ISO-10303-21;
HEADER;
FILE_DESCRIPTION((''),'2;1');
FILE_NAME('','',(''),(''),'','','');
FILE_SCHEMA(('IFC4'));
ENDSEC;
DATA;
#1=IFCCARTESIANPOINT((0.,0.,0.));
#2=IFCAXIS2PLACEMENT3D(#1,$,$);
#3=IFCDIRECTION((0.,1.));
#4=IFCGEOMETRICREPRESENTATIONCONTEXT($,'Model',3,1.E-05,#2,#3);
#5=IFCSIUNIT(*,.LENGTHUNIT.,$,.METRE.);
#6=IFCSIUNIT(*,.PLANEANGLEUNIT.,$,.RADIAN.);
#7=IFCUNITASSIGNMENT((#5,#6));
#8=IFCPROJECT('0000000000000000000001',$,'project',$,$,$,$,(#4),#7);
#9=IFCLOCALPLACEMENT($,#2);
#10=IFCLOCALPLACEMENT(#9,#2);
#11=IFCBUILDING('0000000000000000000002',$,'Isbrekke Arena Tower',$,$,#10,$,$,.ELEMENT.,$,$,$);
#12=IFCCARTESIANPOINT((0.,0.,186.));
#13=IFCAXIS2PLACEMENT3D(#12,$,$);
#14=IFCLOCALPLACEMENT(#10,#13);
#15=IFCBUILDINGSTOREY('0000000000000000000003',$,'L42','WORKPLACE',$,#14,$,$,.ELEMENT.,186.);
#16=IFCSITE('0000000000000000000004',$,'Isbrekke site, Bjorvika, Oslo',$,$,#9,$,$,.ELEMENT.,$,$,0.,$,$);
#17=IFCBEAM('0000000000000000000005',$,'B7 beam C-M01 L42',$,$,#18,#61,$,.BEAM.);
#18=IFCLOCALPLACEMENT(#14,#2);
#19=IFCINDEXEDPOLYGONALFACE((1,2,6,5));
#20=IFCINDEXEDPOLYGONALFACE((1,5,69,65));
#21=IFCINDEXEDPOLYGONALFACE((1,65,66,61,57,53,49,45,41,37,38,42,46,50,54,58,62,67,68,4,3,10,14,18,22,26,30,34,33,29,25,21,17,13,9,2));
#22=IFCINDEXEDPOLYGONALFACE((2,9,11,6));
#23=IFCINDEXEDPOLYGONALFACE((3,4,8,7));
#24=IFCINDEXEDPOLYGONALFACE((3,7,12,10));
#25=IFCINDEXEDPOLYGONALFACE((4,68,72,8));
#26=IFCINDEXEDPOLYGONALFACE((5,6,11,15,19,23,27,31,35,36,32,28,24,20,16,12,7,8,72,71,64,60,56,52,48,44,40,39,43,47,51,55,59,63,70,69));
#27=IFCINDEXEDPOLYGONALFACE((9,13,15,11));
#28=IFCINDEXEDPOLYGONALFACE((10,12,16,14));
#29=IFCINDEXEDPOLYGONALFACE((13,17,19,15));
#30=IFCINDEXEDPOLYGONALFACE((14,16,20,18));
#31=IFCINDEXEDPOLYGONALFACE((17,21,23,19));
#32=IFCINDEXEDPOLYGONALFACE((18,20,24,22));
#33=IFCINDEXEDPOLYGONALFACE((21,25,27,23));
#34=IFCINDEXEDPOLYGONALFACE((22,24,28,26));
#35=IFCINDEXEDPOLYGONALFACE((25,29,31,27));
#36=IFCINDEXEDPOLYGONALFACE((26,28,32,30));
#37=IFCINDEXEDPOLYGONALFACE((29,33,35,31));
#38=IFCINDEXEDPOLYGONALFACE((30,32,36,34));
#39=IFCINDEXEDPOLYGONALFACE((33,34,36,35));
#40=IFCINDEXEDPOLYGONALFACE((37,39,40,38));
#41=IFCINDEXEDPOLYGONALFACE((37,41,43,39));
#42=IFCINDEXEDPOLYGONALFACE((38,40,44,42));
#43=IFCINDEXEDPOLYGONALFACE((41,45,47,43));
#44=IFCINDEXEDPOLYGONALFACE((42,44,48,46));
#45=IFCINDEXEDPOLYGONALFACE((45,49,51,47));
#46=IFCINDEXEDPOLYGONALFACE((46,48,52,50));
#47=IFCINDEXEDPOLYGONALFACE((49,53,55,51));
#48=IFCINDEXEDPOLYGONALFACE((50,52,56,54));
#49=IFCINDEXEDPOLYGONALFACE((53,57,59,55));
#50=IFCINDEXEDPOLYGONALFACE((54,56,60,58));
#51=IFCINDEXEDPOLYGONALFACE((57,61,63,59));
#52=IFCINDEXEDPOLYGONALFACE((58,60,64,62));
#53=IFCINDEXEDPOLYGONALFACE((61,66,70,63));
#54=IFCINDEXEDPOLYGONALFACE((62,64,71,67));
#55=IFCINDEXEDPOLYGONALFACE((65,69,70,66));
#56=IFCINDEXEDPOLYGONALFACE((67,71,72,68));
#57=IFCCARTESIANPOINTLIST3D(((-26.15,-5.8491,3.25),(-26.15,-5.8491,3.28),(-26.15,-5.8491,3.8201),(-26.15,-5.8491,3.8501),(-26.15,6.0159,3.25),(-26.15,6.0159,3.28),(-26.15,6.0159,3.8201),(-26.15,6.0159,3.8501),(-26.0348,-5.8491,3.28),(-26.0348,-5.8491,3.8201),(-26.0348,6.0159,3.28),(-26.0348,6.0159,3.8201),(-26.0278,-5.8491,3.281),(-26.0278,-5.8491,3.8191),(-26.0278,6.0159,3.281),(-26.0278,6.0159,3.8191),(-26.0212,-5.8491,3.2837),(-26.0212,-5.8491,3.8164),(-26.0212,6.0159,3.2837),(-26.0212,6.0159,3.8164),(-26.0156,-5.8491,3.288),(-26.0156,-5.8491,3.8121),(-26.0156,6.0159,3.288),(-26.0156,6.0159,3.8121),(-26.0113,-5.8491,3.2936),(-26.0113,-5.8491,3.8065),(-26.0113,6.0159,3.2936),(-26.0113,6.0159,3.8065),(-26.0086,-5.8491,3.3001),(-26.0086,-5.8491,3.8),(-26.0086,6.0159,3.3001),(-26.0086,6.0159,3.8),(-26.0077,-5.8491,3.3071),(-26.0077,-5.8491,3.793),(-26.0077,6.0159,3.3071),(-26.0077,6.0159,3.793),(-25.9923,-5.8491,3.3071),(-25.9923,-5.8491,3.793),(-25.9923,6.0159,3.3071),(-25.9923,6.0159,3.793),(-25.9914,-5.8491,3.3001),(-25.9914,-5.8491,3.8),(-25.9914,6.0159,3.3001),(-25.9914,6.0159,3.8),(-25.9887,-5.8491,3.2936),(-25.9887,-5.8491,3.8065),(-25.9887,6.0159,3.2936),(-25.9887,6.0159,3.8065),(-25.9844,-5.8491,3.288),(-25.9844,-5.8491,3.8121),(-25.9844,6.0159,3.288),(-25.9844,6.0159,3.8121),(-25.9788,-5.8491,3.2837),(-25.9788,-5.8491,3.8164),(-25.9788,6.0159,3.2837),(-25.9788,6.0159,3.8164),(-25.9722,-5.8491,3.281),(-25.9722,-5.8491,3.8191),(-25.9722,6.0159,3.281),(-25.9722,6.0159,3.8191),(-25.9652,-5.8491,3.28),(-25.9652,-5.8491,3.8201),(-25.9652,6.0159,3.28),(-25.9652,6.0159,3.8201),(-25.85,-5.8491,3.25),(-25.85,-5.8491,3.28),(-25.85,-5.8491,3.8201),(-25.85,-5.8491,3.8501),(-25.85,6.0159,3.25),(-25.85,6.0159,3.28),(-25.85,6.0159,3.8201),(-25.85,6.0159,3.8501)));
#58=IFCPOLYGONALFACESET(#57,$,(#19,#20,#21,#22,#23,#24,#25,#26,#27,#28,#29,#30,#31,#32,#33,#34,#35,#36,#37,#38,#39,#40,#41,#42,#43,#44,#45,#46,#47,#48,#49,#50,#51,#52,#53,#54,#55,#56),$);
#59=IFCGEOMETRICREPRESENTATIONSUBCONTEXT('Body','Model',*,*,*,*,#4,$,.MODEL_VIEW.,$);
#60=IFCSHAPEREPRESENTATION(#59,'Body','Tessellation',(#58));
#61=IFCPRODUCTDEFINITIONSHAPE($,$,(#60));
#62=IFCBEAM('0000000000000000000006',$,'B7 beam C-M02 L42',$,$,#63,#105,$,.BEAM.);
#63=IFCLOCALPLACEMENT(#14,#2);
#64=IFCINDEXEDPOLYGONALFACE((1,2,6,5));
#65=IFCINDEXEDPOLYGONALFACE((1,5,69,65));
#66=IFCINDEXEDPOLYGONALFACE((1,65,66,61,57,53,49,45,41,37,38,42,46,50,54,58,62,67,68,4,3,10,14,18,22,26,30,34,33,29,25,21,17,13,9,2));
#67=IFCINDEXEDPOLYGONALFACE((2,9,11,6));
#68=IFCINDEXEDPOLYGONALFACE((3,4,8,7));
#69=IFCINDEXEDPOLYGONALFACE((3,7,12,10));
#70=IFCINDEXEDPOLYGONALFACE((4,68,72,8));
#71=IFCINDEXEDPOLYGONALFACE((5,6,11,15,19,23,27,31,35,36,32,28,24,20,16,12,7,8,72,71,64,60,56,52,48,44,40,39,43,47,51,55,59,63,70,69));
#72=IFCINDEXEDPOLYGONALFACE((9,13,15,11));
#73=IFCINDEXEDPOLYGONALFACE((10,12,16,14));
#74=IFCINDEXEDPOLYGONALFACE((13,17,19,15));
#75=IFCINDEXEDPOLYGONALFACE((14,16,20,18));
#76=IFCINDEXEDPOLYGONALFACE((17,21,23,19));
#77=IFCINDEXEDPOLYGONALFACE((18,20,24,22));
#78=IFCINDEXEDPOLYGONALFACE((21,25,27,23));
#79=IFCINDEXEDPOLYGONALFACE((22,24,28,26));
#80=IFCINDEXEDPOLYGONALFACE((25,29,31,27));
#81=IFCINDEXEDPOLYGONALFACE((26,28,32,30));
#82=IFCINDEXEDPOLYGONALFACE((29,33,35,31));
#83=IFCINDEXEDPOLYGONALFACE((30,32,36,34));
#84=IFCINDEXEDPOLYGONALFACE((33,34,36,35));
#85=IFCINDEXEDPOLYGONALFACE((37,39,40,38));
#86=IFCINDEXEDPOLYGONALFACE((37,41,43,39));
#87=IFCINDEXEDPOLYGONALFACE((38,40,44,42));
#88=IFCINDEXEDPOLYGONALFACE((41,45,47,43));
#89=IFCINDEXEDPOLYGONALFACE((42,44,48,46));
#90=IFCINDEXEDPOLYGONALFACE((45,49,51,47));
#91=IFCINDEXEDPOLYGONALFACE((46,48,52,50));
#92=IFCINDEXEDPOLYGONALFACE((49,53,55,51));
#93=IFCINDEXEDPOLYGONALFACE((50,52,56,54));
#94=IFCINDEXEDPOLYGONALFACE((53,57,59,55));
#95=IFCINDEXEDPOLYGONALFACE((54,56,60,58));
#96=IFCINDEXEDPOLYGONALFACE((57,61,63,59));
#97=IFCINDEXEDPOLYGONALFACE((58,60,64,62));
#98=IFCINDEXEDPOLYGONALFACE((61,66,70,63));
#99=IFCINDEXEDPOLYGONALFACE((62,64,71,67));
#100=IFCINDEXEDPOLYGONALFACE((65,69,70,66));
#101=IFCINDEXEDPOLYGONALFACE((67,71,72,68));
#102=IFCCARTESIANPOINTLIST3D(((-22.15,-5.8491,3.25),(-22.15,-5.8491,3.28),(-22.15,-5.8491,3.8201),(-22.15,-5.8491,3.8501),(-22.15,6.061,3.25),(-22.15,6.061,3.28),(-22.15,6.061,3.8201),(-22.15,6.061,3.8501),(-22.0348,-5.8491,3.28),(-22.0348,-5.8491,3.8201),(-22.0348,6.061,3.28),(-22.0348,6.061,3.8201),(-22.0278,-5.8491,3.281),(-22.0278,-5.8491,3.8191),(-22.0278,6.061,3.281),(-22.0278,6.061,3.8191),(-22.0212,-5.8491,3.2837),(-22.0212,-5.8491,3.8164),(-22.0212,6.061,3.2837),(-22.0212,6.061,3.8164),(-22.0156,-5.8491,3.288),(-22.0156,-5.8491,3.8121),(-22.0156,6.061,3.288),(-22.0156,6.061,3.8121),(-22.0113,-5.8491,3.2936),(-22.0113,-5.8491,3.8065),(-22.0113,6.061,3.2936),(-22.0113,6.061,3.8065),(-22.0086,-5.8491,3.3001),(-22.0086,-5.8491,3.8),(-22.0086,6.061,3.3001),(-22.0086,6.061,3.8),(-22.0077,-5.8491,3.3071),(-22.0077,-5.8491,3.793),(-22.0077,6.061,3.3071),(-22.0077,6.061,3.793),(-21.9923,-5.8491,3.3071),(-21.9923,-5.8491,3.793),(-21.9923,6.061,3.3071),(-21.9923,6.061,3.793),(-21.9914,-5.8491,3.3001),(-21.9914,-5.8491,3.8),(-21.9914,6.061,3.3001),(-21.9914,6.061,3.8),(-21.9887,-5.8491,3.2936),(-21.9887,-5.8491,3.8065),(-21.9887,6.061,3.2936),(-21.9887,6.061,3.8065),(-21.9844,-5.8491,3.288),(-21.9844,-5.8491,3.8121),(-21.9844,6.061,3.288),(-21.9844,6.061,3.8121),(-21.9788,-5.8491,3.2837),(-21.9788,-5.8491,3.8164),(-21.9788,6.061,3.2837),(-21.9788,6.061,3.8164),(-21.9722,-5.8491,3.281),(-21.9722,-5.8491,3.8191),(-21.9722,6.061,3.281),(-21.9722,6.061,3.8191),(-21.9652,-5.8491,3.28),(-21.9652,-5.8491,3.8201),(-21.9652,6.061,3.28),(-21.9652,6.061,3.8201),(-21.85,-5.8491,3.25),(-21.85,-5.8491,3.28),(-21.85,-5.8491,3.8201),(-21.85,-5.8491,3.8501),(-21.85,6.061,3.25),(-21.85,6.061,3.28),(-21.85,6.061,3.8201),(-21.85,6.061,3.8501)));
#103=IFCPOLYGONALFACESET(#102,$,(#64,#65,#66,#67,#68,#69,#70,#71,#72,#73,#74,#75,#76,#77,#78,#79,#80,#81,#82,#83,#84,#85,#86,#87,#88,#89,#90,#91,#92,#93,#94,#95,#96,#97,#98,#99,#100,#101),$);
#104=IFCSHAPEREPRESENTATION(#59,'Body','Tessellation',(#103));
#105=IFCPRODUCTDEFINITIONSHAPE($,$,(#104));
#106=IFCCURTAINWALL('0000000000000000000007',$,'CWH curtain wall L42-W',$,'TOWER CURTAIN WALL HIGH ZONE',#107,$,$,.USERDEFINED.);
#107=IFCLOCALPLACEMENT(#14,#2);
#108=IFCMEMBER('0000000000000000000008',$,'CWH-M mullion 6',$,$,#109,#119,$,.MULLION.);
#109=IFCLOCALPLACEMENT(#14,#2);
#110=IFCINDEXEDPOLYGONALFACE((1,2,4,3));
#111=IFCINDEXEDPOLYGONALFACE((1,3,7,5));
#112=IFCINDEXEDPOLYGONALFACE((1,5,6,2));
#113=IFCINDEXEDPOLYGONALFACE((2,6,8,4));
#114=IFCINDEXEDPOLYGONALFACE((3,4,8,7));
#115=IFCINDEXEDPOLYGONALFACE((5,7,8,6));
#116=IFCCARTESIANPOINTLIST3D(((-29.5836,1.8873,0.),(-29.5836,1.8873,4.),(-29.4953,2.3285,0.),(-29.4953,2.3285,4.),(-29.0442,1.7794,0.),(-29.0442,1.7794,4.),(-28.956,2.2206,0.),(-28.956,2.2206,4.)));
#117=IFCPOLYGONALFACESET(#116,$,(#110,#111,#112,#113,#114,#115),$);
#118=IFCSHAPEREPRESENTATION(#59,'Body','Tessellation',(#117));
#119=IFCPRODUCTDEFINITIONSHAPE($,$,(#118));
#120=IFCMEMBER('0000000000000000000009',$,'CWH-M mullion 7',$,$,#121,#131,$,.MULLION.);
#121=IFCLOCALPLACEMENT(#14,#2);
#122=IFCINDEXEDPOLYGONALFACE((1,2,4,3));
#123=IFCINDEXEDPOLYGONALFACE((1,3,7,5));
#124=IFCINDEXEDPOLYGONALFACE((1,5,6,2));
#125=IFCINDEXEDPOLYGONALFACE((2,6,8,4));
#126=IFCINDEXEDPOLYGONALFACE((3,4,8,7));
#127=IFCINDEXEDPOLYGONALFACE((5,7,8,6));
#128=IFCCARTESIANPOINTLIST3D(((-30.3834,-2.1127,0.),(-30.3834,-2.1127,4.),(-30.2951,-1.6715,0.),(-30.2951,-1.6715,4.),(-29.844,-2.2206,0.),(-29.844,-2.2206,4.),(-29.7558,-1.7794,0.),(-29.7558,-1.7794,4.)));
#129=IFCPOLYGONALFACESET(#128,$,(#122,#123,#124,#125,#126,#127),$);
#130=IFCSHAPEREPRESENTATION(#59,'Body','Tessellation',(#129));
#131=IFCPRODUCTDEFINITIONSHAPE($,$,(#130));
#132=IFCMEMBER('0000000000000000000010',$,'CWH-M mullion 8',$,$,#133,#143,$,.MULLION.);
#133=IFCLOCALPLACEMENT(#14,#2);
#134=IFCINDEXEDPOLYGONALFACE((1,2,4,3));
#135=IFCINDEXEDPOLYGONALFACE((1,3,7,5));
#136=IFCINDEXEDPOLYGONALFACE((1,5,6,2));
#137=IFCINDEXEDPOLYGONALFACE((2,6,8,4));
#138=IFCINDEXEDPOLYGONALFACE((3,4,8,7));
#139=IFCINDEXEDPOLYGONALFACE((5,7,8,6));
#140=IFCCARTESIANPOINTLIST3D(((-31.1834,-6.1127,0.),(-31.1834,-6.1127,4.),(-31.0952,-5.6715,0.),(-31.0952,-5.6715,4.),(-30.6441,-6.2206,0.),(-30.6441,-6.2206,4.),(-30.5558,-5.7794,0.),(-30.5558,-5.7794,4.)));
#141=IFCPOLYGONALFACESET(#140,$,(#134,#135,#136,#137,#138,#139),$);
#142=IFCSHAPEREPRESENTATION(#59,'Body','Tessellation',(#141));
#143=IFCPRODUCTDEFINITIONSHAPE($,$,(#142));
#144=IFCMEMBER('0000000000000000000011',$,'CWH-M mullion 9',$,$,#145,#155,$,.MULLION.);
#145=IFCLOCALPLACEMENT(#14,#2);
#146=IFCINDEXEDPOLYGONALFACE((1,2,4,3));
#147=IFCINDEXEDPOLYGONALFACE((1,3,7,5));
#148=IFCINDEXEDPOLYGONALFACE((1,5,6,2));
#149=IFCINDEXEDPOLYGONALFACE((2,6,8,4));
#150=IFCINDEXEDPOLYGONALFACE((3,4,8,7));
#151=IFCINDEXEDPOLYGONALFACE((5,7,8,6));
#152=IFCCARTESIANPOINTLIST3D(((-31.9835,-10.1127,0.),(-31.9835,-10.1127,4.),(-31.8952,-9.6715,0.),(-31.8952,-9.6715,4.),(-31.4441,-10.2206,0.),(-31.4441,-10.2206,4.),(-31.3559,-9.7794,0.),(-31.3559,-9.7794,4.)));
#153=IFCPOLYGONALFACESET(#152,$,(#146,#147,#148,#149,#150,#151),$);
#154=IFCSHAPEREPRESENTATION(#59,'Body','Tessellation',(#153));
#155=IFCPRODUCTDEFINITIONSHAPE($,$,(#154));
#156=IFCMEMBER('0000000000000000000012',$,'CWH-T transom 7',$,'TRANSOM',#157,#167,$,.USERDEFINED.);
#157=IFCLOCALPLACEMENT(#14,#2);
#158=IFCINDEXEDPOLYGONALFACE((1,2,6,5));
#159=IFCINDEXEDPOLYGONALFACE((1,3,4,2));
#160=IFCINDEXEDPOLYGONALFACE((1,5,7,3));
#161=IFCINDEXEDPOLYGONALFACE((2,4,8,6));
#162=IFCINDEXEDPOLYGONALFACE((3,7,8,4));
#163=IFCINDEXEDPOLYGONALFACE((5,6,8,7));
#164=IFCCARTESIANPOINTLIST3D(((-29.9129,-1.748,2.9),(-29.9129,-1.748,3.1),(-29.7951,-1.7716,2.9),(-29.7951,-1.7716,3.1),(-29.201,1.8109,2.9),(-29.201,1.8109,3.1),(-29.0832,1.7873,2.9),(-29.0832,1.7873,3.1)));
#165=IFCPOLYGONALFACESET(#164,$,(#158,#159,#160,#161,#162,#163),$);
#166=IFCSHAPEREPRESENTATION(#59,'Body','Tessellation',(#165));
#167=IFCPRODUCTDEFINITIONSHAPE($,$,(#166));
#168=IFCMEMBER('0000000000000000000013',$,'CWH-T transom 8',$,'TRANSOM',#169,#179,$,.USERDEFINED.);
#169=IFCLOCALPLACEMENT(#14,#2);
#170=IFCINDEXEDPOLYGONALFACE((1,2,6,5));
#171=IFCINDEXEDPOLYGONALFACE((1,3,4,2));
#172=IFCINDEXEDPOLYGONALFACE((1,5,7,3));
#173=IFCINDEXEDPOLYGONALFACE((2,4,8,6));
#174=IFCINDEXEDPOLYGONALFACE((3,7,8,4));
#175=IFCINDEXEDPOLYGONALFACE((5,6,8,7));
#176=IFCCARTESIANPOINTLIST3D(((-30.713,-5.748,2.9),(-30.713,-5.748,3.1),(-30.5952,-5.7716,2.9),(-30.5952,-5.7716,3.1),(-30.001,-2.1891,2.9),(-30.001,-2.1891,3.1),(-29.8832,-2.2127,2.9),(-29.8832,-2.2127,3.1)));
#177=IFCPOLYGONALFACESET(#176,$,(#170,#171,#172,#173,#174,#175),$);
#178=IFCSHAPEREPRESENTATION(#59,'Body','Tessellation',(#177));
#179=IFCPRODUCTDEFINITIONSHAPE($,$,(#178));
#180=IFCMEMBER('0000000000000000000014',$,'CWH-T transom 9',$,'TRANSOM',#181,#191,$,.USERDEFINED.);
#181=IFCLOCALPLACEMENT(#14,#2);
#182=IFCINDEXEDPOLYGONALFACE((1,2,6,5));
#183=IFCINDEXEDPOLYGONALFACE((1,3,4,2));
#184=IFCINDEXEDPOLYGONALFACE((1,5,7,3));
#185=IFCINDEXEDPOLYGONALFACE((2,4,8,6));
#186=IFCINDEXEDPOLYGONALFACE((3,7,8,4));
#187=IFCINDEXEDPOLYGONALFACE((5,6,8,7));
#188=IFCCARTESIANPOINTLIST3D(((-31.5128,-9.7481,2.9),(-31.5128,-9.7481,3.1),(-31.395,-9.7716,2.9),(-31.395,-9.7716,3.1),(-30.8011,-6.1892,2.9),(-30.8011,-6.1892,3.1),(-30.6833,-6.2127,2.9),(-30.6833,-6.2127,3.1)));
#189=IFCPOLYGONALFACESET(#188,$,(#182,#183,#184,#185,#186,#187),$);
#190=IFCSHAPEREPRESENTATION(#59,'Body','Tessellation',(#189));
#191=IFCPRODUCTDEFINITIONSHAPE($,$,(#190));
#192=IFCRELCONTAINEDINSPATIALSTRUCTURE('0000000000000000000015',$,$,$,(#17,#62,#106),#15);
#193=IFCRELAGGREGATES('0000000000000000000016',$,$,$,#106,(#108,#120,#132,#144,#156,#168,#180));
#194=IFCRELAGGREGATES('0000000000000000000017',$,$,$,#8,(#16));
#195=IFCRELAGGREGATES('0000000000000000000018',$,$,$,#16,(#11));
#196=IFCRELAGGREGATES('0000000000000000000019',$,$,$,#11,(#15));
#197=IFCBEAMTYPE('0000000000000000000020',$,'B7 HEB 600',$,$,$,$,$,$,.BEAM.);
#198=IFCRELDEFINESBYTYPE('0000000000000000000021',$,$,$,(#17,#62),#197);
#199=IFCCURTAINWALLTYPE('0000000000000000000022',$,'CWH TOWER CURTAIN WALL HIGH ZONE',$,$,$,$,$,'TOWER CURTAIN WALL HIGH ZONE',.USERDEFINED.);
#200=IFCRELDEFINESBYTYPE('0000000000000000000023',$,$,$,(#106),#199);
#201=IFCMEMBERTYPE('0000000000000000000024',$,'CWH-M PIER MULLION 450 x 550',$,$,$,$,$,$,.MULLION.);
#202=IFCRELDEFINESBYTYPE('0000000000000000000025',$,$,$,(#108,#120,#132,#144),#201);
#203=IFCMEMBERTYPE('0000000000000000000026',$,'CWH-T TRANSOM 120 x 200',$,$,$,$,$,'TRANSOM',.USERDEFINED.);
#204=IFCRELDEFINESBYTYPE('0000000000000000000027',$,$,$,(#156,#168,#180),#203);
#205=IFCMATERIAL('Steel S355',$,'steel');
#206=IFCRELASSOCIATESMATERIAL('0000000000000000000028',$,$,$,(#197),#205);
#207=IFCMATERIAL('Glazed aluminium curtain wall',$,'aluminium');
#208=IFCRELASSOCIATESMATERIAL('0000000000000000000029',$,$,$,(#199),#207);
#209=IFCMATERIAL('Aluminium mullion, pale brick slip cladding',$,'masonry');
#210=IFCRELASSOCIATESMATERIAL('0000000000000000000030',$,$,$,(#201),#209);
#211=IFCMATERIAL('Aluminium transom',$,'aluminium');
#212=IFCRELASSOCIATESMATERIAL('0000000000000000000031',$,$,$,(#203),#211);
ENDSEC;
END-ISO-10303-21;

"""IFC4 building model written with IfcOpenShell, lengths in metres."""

from ifc_helpers import new_model, si_unit, direction, frame, origin, origin_2d, place, context, subcontext, project, spatial, rectangle, i_section, extrude, material, material_profile, profile_set, type_object, element, aggregate, save


model = new_model("IFC4")

# Units and contexts
model_context = context("Model", 3, precision=1e-05, world=origin(), true_north=direction((0.0, 1.0)))
body_context = subcontext(model_context, "Body", "Model", "MODEL_VIEW")
ifc_project = project(units=[si_unit("LENGTHUNIT", "METRE"), si_unit("PLANEANGLEUNIT", "RADIAN")], contexts=[model_context])

# Site, building, storey
site_placement = place(None, origin())
site = spatial("IfcSite", under=ifc_project, at=site_placement, Name="Isbrekke site, Bjorvika, Oslo", CompositionType="ELEMENT", RefElevation=0.0)
building_placement = place(site_placement, origin())
building = spatial("IfcBuilding", under=site, at=building_placement, Name="Isbrekke Arena Tower", CompositionType="ELEMENT")
storey_placement = place(building_placement, frame((0.0, 0.0, 186.0)))
storey = spatial("IfcBuildingStorey", under=building, at=storey_placement, Name="L42", Description="WORKPLACE", CompositionType="ELEMENT", Elevation=186.0)

# Beams
ifc_material_1 = material(Name="Steel S355", Category="steel")
ifc_material_profile_1 = material_profile(ifc_material_1, i_section(OverallWidth=0.3, OverallDepth=0.6001, WebThickness=0.0154, FlangeThickness=0.03, FilletRadius=0.0271, at=origin_2d()), Name="HEB 600")
ifc_profile_set_1 = profile_set([ifc_material_profile_1], Name="Steel S355")
beam_type_1 = type_object("IfcBeamType", Name="B7 HEB 600", PredefinedType="BEAM", material=ifc_profile_set_1)
beam_1_placement = place(storey_placement, frame((-26.0, -5.8491, 3.55), z_axis=(0.0, 1.0, 0.0), x_axis=(-1.0, 0.0, 0.0)))
element("IfcBeam", 1, at=beam_1_placement, inside=storey, type_object=beam_type_1, Name="B7 beam C-M01 L42", PredefinedType="BEAM", context=body_context, shape_type="SweptSolid", body=[
    extrude(i_section(OverallWidth=0.3, OverallDepth=0.6001, WebThickness=0.0154, FlangeThickness=0.03, FilletRadius=0.0271, at=origin_2d()), origin(), (0.0, 0.0, 1.0), 11.865),
])
beam_2_placement = place(storey_placement, frame((-22.0, -5.8491, 3.55), z_axis=(0.0, 1.0, 0.0), x_axis=(-1.0, 0.0, 0.0)))
element("IfcBeam", 2, at=beam_2_placement, inside=storey, type_object=beam_type_1, Name="B7 beam C-M02 L42", PredefinedType="BEAM", context=body_context, shape_type="SweptSolid", body=[
    extrude(i_section(OverallWidth=0.3, OverallDepth=0.6001, WebThickness=0.0154, FlangeThickness=0.03, FilletRadius=0.0271, at=origin_2d()), origin(), (0.0, 0.0, 1.0), 11.9102),
])

# Curtain wall, members
ifc_material_2 = material(Name="Glazed aluminium curtain wall", Category="aluminium")
curtain_wall_type = type_object("IfcCurtainWallType", Name="CWH TOWER CURTAIN WALL HIGH ZONE", ElementType="TOWER CURTAIN WALL HIGH ZONE", PredefinedType="USERDEFINED", material=ifc_material_2)
curtain_wall_placement = place(storey_placement, origin())
curtain_wall = element("IfcCurtainWall", 3, at=curtain_wall_placement, inside=storey, type_object=curtain_wall_type, Name="CWH curtain wall L42-W", ObjectType="TOWER CURTAIN WALL HIGH ZONE", PredefinedType="USERDEFINED")
ifc_material_3 = material(Name="Aluminium mullion, pale brick slip cladding", Category="masonry")
ifc_material_profile_2 = material_profile(ifc_material_3, rectangle(XDim=0.45, YDim=0.55, at=origin_2d()), Name="PIER 450X550")
ifc_profile_set_2 = profile_set([ifc_material_profile_2], Name="Aluminium mullion, pale brick slip cladding")
member_type_1 = type_object("IfcMemberType", Name="CWH-M PIER MULLION 450 x 550", PredefinedType="MULLION", material=ifc_profile_set_2)
member_1_placement = place(storey_placement, frame((-29.2698, 2.054, 0.0), z_axis=(0.0, 0.0, 1.0), x_axis=(-0.196116, -0.980581, 0.0)))
member_1 = element("IfcMember", 4, at=member_1_placement, type_object=member_type_1, Name="CWH-M mullion 6", PredefinedType="MULLION", context=body_context, shape_type="SweptSolid", body=[
    extrude(rectangle(XDim=0.45, YDim=0.55, at=origin_2d()), origin(), (0.0, 0.0, 1.0), 4.0),
])
member_2_placement = place(storey_placement, frame((-30.0696, -1.946, 0.0), z_axis=(0.0, 0.0, 1.0), x_axis=(-0.196116, -0.980581, 0.0)))
member_2 = element("IfcMember", 5, at=member_2_placement, type_object=member_type_1, Name="CWH-M mullion 7", PredefinedType="MULLION", context=body_context, shape_type="SweptSolid", body=[
    extrude(rectangle(XDim=0.45, YDim=0.55, at=origin_2d()), origin(), (0.0, 0.0, 1.0), 4.0),
])
member_3_placement = place(storey_placement, frame((-30.8696, -5.946, 0.0), z_axis=(0.0, 0.0, 1.0), x_axis=(-0.196116, -0.980581, 0.0)))
member_3 = element("IfcMember", 6, at=member_3_placement, type_object=member_type_1, Name="CWH-M mullion 8", PredefinedType="MULLION", context=body_context, shape_type="SweptSolid", body=[
    extrude(rectangle(XDim=0.45, YDim=0.55, at=origin_2d()), origin(), (0.0, 0.0, 1.0), 4.0),
])
member_4_placement = place(storey_placement, frame((-31.6697, -9.946, 0.0), z_axis=(0.0, 0.0, 1.0), x_axis=(-0.196116, -0.980581, 0.0)))
member_4 = element("IfcMember", 7, at=member_4_placement, type_object=member_type_1, Name="CWH-M mullion 9", PredefinedType="MULLION", context=body_context, shape_type="SweptSolid", body=[
    extrude(rectangle(XDim=0.45, YDim=0.55, at=origin_2d()), origin(), (0.0, 0.0, 1.0), 4.0),
])
ifc_material_4 = material(Name="Aluminium transom", Category="aluminium")
ifc_material_profile_3 = material_profile(ifc_material_4, rectangle(XDim=0.1201, YDim=0.2, at=origin_2d()), Name="TRANSOM 120X200")
ifc_profile_set_3 = profile_set([ifc_material_profile_3], Name="Aluminium transom")
member_type_2 = type_object("IfcMemberType", Name="CWH-T TRANSOM 120 x 200", ElementType="TRANSOM", PredefinedType="USERDEFINED", material=ifc_profile_set_3)
member_5_placement = place(storey_placement, frame((-29.1421, 1.7991, 3.0), z_axis=(-0.196155, -0.980573, 0.0), x_axis=(0.980573, -0.196155, 0.0)))
member_5 = element("IfcMember", 8, at=member_5_placement, type_object=member_type_2, Name="CWH-T transom 7", ObjectType="TRANSOM", PredefinedType="USERDEFINED", context=body_context, shape_type="SweptSolid", body=[
    extrude(rectangle(XDim=0.1201, YDim=0.2, at=origin_2d()), origin(), (0.0, 0.0, 1.0), 3.6294),
])
member_6_placement = place(storey_placement, frame((-29.9421, -2.2009, 3.0), z_axis=(-0.196155, -0.980573, 0.0), x_axis=(0.980573, -0.196155, 0.0)))
member_6 = element("IfcMember", 9, at=member_6_placement, type_object=member_type_2, Name="CWH-T transom 8", ObjectType="TRANSOM", PredefinedType="USERDEFINED", context=body_context, shape_type="SweptSolid", body=[
    extrude(rectangle(XDim=0.1201, YDim=0.2, at=origin_2d()), origin(), (0.0, 0.0, 1.0), 3.6294),
])
member_7_placement = place(storey_placement, frame((-30.7422, -6.2009, 3.0), z_axis=(-0.19609, -0.980586, 0.0), x_axis=(0.980586, -0.19609, 0.0)))
member_7 = element("IfcMember", 10, at=member_7_placement, type_object=member_type_2, Name="CWH-T transom 9", ObjectType="TRANSOM", PredefinedType="USERDEFINED", context=body_context, shape_type="SweptSolid", body=[
    extrude(rectangle(XDim=0.1201, YDim=0.2, at=origin_2d()), origin(), (0.0, 0.0, 1.0), 3.6294),
])

aggregate(curtain_wall, [member_1, member_2, member_3, member_4, member_5, member_6, member_7])

save(model, "model.ifc")
